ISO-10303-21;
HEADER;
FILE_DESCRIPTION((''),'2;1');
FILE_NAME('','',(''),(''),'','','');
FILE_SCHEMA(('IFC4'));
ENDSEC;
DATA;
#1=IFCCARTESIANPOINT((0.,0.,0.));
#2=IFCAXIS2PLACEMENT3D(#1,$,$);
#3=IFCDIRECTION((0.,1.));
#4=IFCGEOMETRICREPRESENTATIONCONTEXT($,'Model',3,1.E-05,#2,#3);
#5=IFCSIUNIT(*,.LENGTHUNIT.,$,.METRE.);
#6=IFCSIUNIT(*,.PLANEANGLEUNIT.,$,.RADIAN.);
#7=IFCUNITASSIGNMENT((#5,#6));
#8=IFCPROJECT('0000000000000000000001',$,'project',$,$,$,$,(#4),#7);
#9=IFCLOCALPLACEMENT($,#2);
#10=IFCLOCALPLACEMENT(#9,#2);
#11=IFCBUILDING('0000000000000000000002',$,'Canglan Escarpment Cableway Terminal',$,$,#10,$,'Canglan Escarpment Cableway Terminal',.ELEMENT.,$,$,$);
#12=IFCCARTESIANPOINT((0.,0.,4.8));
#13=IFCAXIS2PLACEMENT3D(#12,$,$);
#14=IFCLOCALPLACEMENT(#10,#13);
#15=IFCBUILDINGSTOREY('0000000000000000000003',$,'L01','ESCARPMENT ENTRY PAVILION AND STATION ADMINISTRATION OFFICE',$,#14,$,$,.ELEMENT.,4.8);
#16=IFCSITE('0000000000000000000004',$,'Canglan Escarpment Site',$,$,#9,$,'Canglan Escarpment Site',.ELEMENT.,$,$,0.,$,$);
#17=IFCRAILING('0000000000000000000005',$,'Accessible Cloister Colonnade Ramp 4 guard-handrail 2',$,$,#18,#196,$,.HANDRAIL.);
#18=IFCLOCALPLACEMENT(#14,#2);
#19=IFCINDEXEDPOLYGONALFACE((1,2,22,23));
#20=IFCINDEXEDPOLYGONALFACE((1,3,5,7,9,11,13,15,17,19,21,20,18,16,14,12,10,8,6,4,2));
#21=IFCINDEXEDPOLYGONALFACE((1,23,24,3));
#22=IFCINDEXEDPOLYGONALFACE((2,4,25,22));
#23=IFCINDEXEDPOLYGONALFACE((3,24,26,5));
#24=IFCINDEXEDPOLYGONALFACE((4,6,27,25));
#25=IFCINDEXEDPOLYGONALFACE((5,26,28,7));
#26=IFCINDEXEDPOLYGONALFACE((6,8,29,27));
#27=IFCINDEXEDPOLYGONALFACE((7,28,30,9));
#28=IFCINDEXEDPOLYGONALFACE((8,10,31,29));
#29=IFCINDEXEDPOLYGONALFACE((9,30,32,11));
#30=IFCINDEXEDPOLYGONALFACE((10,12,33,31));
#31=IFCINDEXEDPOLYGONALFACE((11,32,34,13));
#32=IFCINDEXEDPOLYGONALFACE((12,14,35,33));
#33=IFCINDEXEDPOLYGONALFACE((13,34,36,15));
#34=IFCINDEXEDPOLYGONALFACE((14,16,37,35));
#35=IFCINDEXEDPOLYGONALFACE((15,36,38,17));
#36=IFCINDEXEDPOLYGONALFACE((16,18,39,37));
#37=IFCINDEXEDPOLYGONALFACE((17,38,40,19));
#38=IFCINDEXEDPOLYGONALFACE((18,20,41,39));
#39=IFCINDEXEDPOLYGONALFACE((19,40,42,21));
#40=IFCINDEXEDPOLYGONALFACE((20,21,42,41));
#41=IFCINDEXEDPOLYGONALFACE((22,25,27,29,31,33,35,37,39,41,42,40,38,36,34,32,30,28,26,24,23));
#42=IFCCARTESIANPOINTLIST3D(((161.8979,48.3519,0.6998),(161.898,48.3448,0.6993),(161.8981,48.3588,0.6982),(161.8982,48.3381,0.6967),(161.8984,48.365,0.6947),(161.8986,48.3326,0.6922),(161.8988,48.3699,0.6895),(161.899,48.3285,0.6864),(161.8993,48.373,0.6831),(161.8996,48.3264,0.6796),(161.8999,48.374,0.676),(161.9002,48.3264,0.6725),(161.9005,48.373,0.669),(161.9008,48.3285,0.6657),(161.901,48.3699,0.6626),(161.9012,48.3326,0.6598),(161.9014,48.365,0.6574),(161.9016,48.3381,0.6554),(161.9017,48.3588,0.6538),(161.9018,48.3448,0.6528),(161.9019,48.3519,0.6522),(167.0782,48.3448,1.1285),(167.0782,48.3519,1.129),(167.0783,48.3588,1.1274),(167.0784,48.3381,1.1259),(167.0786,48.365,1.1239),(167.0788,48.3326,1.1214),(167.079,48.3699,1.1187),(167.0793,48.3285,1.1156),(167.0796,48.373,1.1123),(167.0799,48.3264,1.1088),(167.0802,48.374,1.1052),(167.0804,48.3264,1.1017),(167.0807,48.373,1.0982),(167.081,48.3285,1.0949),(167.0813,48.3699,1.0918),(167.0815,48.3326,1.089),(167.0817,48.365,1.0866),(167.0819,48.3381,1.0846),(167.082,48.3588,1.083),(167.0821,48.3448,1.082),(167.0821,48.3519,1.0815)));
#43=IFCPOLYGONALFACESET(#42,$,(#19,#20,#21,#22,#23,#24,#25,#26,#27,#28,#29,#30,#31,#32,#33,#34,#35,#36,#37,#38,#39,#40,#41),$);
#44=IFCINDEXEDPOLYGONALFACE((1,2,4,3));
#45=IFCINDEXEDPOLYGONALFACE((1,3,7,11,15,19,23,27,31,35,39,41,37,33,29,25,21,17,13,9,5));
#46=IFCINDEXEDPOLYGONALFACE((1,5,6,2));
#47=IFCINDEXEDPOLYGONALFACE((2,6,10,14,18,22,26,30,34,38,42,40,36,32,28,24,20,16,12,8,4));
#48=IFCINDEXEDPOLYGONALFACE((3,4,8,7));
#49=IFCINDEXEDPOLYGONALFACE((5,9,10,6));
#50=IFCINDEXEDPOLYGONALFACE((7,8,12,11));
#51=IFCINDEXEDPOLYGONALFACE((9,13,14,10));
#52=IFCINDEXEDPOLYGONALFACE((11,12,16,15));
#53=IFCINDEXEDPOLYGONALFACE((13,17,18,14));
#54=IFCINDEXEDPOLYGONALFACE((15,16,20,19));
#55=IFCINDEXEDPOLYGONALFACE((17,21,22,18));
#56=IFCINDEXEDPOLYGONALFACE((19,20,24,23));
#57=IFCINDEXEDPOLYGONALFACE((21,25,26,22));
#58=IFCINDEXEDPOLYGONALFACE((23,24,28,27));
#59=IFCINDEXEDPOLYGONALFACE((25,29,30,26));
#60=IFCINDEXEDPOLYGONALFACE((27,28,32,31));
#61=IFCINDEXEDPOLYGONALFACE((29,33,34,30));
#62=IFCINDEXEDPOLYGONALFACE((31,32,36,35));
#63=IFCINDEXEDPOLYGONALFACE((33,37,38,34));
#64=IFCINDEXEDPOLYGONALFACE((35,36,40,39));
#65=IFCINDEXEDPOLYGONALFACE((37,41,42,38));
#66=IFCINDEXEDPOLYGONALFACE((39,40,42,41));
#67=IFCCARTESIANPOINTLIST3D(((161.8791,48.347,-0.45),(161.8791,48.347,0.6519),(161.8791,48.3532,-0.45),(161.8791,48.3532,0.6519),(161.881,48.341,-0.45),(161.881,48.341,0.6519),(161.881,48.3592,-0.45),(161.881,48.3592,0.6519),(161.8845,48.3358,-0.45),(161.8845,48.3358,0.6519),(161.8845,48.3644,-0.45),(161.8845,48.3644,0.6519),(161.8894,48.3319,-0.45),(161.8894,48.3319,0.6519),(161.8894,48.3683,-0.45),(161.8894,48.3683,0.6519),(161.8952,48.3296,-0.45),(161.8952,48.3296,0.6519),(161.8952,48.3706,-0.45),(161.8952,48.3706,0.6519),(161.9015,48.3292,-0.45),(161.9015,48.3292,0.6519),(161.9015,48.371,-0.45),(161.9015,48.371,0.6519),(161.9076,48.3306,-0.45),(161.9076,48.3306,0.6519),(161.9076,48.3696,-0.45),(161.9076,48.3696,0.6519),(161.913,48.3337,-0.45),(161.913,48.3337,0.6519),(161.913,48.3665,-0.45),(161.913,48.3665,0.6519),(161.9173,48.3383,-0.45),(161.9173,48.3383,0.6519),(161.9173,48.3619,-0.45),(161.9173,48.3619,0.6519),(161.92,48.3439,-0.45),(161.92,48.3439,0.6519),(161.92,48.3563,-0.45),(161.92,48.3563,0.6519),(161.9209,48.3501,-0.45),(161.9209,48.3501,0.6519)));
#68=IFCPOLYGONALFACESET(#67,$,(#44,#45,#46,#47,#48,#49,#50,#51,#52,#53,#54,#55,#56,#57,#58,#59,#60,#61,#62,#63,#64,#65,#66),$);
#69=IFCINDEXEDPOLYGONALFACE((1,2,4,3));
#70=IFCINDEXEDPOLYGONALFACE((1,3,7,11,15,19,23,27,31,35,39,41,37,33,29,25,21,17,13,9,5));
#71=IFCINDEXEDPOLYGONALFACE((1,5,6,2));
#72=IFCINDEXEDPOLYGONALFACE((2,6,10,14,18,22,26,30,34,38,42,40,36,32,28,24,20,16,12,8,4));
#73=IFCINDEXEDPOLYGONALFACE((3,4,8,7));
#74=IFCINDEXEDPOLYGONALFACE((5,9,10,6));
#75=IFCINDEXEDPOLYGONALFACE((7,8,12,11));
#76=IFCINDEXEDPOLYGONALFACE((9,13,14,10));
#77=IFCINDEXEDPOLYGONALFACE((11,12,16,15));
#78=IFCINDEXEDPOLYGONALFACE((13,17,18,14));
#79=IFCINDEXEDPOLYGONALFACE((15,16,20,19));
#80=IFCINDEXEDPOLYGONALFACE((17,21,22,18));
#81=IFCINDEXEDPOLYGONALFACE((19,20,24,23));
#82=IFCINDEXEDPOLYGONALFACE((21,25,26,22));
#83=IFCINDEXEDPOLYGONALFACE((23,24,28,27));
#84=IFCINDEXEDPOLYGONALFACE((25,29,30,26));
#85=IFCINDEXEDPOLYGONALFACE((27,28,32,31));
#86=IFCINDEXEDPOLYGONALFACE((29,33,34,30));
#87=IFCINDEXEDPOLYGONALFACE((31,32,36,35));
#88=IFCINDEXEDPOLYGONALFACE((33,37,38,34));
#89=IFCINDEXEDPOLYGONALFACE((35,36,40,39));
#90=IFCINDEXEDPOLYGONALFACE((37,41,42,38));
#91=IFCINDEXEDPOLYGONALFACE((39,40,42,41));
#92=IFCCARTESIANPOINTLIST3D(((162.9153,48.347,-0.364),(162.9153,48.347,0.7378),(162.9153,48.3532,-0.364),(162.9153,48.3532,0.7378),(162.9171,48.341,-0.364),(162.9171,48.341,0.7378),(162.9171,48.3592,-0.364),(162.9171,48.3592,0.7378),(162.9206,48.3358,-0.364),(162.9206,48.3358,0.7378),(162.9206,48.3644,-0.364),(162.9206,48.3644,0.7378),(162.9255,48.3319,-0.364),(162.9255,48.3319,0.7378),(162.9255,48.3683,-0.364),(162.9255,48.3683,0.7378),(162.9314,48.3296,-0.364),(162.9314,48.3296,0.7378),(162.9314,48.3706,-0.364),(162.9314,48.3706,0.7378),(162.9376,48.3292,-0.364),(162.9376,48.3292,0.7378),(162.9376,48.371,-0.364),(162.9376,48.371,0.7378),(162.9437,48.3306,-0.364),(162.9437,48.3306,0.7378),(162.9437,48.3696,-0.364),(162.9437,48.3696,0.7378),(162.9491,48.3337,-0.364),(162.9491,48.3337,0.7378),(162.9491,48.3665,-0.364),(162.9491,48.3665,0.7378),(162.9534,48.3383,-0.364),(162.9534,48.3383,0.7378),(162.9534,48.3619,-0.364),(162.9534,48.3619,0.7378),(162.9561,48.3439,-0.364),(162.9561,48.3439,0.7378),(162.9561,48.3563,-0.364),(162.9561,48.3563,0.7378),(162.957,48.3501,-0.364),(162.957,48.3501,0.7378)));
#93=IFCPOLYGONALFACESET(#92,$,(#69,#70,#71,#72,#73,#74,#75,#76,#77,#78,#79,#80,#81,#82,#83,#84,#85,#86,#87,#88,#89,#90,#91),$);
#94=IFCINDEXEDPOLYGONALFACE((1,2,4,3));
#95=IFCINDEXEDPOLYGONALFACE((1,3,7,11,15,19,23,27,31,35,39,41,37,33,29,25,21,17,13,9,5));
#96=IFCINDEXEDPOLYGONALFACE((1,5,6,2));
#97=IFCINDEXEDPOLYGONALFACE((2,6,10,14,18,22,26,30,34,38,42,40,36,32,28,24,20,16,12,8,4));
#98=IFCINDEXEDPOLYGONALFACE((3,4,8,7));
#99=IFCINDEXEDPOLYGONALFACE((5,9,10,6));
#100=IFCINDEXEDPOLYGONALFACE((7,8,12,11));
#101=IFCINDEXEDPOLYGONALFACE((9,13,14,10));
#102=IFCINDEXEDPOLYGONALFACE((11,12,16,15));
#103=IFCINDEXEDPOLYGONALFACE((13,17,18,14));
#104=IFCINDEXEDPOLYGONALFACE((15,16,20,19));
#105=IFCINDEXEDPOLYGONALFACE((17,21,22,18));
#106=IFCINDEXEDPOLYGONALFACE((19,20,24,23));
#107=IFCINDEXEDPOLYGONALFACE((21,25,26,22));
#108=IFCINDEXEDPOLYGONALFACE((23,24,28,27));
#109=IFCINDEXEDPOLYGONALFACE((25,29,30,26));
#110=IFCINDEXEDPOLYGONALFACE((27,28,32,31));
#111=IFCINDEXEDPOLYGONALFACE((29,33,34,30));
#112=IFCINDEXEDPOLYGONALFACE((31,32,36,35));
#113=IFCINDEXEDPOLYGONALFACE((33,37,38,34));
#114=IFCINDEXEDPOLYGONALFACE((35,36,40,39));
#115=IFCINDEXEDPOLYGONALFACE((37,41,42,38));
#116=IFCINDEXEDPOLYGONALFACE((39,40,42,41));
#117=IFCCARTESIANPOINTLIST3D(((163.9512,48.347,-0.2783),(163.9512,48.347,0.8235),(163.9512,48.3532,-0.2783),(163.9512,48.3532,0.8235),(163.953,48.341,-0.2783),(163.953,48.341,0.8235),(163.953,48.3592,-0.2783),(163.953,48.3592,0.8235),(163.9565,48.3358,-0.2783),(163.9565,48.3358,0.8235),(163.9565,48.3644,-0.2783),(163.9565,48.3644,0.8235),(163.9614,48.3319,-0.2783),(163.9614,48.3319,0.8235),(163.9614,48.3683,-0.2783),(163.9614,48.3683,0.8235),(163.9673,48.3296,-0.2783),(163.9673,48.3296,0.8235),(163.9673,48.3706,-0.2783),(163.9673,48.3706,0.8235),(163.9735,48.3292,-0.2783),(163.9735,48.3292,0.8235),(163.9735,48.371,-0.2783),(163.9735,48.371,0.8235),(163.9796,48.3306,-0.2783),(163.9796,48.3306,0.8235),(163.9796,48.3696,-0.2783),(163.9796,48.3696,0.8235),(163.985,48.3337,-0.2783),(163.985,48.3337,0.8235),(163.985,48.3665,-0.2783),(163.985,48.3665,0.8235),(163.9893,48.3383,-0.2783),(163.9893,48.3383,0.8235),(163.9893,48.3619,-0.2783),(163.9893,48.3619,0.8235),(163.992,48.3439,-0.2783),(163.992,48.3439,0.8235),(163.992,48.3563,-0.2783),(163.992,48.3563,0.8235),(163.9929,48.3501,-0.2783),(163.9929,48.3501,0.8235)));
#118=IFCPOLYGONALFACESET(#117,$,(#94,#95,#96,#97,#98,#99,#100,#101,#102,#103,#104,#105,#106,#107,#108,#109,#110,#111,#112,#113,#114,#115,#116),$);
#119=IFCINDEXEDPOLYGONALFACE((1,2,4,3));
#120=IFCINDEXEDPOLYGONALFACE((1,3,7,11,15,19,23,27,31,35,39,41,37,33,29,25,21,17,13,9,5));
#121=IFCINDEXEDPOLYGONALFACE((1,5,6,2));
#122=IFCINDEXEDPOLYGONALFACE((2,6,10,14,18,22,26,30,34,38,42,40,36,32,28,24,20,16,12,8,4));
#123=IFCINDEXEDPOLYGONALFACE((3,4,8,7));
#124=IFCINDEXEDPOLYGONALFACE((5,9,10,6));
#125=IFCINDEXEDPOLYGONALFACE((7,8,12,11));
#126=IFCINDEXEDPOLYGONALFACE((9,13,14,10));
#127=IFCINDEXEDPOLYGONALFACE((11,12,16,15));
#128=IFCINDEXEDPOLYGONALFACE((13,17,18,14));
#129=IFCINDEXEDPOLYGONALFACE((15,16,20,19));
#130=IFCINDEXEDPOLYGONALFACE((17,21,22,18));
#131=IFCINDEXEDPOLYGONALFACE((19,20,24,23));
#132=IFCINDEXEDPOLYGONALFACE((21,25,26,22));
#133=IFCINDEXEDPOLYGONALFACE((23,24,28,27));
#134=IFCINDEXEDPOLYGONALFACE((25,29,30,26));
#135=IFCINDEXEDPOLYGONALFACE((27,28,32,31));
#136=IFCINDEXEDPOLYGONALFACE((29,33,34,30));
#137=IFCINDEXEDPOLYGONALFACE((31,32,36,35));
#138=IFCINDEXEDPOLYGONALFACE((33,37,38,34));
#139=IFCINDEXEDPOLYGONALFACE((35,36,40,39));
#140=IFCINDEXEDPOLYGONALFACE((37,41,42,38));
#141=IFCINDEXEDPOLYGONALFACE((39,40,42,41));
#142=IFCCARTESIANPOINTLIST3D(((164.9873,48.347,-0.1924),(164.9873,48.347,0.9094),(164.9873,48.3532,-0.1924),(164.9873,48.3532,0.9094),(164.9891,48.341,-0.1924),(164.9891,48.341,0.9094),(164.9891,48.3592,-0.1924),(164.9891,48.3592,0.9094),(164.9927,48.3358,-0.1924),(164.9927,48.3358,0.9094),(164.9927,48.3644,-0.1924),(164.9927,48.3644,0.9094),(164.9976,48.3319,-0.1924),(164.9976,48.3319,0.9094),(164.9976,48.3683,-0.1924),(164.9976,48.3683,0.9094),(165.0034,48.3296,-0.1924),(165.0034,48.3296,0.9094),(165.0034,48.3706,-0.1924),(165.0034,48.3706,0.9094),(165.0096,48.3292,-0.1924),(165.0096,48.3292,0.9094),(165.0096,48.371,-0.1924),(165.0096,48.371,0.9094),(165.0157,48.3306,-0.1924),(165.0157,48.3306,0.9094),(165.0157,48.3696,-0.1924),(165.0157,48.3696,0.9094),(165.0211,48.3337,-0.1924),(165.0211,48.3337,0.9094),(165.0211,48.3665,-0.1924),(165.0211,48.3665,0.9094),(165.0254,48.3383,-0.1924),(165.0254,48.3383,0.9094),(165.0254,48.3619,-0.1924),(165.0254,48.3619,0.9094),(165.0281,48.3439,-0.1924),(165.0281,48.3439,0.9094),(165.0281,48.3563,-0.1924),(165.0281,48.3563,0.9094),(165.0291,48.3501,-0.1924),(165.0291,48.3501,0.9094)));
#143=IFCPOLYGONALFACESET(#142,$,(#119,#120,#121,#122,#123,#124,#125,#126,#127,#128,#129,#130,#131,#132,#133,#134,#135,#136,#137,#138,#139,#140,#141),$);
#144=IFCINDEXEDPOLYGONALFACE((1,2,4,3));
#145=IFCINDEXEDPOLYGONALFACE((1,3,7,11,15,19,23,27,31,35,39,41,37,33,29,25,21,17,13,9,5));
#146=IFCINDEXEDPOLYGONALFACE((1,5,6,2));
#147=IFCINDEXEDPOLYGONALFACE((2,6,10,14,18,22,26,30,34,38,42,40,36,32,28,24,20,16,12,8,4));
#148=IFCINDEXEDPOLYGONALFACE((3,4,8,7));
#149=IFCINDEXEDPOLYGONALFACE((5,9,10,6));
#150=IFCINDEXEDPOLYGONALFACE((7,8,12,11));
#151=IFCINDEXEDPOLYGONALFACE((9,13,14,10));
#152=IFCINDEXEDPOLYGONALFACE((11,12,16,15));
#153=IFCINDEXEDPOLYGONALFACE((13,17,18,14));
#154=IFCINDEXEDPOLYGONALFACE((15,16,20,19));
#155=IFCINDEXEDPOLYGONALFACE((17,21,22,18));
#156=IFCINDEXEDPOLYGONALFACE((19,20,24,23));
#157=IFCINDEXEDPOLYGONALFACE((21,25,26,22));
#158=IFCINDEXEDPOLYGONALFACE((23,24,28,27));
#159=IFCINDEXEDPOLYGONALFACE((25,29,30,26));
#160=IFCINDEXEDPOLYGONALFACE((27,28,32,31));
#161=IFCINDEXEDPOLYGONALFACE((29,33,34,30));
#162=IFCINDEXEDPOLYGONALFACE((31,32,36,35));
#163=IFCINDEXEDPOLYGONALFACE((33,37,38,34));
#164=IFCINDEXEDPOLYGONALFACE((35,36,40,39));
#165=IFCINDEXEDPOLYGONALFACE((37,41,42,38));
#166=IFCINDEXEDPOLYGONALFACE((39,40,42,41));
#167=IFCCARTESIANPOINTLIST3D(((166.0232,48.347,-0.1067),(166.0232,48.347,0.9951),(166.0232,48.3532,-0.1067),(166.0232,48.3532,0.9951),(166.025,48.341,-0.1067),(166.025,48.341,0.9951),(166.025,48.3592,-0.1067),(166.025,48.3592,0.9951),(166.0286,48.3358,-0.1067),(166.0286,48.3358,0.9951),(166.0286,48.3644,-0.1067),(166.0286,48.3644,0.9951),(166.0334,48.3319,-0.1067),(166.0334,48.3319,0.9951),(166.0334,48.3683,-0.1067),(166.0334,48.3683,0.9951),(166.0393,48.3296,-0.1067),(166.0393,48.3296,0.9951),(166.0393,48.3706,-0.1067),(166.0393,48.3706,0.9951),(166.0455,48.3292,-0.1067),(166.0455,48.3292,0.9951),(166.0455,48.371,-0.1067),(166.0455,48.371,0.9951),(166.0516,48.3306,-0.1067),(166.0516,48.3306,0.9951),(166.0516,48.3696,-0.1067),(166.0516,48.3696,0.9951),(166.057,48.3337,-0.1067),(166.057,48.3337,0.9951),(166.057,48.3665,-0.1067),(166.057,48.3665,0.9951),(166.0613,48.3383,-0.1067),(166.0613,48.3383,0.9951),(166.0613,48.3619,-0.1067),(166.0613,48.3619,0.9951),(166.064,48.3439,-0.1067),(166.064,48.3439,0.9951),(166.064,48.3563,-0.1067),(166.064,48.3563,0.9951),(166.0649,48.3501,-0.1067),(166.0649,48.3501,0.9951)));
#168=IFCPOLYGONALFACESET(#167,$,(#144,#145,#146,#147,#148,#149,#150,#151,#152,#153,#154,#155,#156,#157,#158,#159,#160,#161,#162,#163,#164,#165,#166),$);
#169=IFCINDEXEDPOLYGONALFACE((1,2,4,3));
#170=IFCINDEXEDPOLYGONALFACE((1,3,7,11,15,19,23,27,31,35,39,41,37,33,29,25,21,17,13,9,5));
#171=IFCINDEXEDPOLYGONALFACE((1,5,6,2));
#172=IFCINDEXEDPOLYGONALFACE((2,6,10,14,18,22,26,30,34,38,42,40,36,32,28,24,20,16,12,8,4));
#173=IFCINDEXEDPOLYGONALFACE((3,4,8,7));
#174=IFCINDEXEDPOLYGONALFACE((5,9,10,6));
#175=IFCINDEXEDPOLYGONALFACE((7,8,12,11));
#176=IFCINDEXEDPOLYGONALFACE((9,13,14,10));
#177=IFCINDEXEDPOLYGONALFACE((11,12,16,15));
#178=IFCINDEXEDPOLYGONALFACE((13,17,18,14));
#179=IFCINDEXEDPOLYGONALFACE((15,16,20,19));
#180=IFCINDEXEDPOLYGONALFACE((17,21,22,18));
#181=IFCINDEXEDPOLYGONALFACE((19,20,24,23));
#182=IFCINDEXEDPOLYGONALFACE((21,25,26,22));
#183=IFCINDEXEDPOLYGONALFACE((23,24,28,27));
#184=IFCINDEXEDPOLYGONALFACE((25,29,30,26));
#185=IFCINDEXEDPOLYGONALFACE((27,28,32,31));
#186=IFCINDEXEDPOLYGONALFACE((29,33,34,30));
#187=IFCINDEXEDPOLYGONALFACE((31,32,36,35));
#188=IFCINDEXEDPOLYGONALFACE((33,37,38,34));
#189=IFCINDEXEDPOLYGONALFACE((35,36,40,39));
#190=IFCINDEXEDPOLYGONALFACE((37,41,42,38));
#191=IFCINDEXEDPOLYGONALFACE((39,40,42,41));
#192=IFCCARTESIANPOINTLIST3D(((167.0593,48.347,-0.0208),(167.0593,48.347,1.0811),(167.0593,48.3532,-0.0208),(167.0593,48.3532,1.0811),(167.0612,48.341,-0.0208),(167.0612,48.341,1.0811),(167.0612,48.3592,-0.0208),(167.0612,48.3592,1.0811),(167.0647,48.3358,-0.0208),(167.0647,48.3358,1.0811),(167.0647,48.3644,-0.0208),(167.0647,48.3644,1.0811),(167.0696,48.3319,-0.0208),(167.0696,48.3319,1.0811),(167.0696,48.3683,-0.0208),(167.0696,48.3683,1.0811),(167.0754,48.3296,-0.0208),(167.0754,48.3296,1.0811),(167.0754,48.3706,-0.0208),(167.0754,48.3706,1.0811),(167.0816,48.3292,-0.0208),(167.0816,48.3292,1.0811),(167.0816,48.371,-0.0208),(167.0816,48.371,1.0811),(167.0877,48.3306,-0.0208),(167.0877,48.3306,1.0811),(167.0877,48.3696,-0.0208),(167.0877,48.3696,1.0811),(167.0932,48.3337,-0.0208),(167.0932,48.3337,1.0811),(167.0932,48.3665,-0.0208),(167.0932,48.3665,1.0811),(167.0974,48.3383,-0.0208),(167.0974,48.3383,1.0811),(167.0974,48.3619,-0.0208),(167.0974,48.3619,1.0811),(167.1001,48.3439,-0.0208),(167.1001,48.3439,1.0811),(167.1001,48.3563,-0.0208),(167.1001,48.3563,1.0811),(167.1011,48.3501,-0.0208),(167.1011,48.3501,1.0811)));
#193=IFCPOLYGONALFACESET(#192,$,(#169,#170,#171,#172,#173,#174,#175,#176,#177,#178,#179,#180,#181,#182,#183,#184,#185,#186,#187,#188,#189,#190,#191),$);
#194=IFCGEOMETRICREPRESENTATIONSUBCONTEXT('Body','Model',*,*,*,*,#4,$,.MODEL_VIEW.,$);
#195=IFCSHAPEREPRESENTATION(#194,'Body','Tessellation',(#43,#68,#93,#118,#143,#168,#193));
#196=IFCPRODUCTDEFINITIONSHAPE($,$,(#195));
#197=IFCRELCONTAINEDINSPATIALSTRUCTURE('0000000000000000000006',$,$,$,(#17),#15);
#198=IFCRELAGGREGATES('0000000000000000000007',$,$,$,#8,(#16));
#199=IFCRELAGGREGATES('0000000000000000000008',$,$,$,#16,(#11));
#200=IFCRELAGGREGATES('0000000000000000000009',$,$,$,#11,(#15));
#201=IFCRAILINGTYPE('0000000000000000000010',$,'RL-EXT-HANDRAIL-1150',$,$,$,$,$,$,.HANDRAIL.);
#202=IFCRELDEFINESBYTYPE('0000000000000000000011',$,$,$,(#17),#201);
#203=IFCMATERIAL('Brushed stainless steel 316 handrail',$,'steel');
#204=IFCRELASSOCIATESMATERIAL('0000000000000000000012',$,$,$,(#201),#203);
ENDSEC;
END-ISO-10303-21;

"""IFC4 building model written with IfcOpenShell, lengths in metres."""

from ifc_helpers import new_model, si_unit, direction, frame, origin, origin_2d, place, context, subcontext, project, spatial, circle, extrude, material, type_object, element, save


model = new_model("IFC4")

# Units and contexts
model_context = context("Model", 3, precision=1e-05, world=origin(), true_north=direction((0.0, 1.0)))
body_context = subcontext(model_context, "Body", "Model", "MODEL_VIEW")
ifc_project = project(units=[si_unit("LENGTHUNIT", "METRE"), si_unit("PLANEANGLEUNIT", "RADIAN")], contexts=[model_context])

# Site, building, storey
site_placement = place(None, origin())
site = spatial("IfcSite", under=ifc_project, at=site_placement, Name="Canglan Escarpment Site", LongName="Canglan Escarpment Site", CompositionType="ELEMENT", RefElevation=0.0)
building_placement = place(site_placement, origin())
building = spatial("IfcBuilding", under=site, at=building_placement, Name="Canglan Escarpment Cableway Terminal", LongName="Canglan Escarpment Cableway Terminal", CompositionType="ELEMENT")
storey_placement = place(building_placement, frame((0.0, 0.0, 4.8)))
storey = spatial("IfcBuildingStorey", under=building, at=storey_placement, Name="L01", Description="ESCARPMENT ENTRY PAVILION AND STATION ADMINISTRATION OFFICE", CompositionType="ELEMENT", Elevation=4.8)

# Railing
ifc_material_1 = material(Name="Brushed stainless steel 316 handrail", Category="steel")
railing_type_1 = type_object("IfcRailingType", Name="RL-EXT-HANDRAIL-1150", PredefinedType="HANDRAIL", material=ifc_material_1)
for number, where, name in (
    (1, (161.8999, 48.3501, -0.45), "Accessible Cloister Colonnade Ramp 4 guard-handrail 2"),
):
    element("IfcRailing", number, at=place(storey_placement, frame(where)), inside=storey, type_object=railing_type_1, Name=name, PredefinedType="HANDRAIL", context=body_context, shape_type="SweptSolid", body=[
        extrude(circle(Radius=0.0239, at=origin_2d()), frame((0.0, 0.0, 1.126), z_axis=(0.996585, 0.0, 0.082571), x_axis=(0.0, 1.0, 0.0)), (0.0, 0.0, 1.0), 5.198),
        extrude(circle(Radius=0.021, at=origin_2d()), origin(), (0.0, 0.0, 1.0), 1.1018),
        extrude(circle(Radius=0.021, at=origin_2d()), frame((1.0361, 0.0, 0.0859)), (0.0, 0.0, 1.0), 1.1018),
        extrude(circle(Radius=0.021, at=origin_2d()), frame((2.072, 0.0, 0.1716)), (0.0, 0.0, 1.0), 1.1018),
        extrude(circle(Radius=0.021, at=origin_2d()), frame((3.1082, 0.0, 0.2576)), (0.0, 0.0, 1.0), 1.1018),
        extrude(circle(Radius=0.021, at=origin_2d()), frame((4.144, 0.0, 0.3433)), (0.0, 0.0, 1.0), 1.1018),
        extrude(circle(Radius=0.021, at=origin_2d()), frame((5.1802, 0.0, 0.4292)), (0.0, 0.0, 1.0), 1.1018),
    ])

save(model, "model.ifc")
